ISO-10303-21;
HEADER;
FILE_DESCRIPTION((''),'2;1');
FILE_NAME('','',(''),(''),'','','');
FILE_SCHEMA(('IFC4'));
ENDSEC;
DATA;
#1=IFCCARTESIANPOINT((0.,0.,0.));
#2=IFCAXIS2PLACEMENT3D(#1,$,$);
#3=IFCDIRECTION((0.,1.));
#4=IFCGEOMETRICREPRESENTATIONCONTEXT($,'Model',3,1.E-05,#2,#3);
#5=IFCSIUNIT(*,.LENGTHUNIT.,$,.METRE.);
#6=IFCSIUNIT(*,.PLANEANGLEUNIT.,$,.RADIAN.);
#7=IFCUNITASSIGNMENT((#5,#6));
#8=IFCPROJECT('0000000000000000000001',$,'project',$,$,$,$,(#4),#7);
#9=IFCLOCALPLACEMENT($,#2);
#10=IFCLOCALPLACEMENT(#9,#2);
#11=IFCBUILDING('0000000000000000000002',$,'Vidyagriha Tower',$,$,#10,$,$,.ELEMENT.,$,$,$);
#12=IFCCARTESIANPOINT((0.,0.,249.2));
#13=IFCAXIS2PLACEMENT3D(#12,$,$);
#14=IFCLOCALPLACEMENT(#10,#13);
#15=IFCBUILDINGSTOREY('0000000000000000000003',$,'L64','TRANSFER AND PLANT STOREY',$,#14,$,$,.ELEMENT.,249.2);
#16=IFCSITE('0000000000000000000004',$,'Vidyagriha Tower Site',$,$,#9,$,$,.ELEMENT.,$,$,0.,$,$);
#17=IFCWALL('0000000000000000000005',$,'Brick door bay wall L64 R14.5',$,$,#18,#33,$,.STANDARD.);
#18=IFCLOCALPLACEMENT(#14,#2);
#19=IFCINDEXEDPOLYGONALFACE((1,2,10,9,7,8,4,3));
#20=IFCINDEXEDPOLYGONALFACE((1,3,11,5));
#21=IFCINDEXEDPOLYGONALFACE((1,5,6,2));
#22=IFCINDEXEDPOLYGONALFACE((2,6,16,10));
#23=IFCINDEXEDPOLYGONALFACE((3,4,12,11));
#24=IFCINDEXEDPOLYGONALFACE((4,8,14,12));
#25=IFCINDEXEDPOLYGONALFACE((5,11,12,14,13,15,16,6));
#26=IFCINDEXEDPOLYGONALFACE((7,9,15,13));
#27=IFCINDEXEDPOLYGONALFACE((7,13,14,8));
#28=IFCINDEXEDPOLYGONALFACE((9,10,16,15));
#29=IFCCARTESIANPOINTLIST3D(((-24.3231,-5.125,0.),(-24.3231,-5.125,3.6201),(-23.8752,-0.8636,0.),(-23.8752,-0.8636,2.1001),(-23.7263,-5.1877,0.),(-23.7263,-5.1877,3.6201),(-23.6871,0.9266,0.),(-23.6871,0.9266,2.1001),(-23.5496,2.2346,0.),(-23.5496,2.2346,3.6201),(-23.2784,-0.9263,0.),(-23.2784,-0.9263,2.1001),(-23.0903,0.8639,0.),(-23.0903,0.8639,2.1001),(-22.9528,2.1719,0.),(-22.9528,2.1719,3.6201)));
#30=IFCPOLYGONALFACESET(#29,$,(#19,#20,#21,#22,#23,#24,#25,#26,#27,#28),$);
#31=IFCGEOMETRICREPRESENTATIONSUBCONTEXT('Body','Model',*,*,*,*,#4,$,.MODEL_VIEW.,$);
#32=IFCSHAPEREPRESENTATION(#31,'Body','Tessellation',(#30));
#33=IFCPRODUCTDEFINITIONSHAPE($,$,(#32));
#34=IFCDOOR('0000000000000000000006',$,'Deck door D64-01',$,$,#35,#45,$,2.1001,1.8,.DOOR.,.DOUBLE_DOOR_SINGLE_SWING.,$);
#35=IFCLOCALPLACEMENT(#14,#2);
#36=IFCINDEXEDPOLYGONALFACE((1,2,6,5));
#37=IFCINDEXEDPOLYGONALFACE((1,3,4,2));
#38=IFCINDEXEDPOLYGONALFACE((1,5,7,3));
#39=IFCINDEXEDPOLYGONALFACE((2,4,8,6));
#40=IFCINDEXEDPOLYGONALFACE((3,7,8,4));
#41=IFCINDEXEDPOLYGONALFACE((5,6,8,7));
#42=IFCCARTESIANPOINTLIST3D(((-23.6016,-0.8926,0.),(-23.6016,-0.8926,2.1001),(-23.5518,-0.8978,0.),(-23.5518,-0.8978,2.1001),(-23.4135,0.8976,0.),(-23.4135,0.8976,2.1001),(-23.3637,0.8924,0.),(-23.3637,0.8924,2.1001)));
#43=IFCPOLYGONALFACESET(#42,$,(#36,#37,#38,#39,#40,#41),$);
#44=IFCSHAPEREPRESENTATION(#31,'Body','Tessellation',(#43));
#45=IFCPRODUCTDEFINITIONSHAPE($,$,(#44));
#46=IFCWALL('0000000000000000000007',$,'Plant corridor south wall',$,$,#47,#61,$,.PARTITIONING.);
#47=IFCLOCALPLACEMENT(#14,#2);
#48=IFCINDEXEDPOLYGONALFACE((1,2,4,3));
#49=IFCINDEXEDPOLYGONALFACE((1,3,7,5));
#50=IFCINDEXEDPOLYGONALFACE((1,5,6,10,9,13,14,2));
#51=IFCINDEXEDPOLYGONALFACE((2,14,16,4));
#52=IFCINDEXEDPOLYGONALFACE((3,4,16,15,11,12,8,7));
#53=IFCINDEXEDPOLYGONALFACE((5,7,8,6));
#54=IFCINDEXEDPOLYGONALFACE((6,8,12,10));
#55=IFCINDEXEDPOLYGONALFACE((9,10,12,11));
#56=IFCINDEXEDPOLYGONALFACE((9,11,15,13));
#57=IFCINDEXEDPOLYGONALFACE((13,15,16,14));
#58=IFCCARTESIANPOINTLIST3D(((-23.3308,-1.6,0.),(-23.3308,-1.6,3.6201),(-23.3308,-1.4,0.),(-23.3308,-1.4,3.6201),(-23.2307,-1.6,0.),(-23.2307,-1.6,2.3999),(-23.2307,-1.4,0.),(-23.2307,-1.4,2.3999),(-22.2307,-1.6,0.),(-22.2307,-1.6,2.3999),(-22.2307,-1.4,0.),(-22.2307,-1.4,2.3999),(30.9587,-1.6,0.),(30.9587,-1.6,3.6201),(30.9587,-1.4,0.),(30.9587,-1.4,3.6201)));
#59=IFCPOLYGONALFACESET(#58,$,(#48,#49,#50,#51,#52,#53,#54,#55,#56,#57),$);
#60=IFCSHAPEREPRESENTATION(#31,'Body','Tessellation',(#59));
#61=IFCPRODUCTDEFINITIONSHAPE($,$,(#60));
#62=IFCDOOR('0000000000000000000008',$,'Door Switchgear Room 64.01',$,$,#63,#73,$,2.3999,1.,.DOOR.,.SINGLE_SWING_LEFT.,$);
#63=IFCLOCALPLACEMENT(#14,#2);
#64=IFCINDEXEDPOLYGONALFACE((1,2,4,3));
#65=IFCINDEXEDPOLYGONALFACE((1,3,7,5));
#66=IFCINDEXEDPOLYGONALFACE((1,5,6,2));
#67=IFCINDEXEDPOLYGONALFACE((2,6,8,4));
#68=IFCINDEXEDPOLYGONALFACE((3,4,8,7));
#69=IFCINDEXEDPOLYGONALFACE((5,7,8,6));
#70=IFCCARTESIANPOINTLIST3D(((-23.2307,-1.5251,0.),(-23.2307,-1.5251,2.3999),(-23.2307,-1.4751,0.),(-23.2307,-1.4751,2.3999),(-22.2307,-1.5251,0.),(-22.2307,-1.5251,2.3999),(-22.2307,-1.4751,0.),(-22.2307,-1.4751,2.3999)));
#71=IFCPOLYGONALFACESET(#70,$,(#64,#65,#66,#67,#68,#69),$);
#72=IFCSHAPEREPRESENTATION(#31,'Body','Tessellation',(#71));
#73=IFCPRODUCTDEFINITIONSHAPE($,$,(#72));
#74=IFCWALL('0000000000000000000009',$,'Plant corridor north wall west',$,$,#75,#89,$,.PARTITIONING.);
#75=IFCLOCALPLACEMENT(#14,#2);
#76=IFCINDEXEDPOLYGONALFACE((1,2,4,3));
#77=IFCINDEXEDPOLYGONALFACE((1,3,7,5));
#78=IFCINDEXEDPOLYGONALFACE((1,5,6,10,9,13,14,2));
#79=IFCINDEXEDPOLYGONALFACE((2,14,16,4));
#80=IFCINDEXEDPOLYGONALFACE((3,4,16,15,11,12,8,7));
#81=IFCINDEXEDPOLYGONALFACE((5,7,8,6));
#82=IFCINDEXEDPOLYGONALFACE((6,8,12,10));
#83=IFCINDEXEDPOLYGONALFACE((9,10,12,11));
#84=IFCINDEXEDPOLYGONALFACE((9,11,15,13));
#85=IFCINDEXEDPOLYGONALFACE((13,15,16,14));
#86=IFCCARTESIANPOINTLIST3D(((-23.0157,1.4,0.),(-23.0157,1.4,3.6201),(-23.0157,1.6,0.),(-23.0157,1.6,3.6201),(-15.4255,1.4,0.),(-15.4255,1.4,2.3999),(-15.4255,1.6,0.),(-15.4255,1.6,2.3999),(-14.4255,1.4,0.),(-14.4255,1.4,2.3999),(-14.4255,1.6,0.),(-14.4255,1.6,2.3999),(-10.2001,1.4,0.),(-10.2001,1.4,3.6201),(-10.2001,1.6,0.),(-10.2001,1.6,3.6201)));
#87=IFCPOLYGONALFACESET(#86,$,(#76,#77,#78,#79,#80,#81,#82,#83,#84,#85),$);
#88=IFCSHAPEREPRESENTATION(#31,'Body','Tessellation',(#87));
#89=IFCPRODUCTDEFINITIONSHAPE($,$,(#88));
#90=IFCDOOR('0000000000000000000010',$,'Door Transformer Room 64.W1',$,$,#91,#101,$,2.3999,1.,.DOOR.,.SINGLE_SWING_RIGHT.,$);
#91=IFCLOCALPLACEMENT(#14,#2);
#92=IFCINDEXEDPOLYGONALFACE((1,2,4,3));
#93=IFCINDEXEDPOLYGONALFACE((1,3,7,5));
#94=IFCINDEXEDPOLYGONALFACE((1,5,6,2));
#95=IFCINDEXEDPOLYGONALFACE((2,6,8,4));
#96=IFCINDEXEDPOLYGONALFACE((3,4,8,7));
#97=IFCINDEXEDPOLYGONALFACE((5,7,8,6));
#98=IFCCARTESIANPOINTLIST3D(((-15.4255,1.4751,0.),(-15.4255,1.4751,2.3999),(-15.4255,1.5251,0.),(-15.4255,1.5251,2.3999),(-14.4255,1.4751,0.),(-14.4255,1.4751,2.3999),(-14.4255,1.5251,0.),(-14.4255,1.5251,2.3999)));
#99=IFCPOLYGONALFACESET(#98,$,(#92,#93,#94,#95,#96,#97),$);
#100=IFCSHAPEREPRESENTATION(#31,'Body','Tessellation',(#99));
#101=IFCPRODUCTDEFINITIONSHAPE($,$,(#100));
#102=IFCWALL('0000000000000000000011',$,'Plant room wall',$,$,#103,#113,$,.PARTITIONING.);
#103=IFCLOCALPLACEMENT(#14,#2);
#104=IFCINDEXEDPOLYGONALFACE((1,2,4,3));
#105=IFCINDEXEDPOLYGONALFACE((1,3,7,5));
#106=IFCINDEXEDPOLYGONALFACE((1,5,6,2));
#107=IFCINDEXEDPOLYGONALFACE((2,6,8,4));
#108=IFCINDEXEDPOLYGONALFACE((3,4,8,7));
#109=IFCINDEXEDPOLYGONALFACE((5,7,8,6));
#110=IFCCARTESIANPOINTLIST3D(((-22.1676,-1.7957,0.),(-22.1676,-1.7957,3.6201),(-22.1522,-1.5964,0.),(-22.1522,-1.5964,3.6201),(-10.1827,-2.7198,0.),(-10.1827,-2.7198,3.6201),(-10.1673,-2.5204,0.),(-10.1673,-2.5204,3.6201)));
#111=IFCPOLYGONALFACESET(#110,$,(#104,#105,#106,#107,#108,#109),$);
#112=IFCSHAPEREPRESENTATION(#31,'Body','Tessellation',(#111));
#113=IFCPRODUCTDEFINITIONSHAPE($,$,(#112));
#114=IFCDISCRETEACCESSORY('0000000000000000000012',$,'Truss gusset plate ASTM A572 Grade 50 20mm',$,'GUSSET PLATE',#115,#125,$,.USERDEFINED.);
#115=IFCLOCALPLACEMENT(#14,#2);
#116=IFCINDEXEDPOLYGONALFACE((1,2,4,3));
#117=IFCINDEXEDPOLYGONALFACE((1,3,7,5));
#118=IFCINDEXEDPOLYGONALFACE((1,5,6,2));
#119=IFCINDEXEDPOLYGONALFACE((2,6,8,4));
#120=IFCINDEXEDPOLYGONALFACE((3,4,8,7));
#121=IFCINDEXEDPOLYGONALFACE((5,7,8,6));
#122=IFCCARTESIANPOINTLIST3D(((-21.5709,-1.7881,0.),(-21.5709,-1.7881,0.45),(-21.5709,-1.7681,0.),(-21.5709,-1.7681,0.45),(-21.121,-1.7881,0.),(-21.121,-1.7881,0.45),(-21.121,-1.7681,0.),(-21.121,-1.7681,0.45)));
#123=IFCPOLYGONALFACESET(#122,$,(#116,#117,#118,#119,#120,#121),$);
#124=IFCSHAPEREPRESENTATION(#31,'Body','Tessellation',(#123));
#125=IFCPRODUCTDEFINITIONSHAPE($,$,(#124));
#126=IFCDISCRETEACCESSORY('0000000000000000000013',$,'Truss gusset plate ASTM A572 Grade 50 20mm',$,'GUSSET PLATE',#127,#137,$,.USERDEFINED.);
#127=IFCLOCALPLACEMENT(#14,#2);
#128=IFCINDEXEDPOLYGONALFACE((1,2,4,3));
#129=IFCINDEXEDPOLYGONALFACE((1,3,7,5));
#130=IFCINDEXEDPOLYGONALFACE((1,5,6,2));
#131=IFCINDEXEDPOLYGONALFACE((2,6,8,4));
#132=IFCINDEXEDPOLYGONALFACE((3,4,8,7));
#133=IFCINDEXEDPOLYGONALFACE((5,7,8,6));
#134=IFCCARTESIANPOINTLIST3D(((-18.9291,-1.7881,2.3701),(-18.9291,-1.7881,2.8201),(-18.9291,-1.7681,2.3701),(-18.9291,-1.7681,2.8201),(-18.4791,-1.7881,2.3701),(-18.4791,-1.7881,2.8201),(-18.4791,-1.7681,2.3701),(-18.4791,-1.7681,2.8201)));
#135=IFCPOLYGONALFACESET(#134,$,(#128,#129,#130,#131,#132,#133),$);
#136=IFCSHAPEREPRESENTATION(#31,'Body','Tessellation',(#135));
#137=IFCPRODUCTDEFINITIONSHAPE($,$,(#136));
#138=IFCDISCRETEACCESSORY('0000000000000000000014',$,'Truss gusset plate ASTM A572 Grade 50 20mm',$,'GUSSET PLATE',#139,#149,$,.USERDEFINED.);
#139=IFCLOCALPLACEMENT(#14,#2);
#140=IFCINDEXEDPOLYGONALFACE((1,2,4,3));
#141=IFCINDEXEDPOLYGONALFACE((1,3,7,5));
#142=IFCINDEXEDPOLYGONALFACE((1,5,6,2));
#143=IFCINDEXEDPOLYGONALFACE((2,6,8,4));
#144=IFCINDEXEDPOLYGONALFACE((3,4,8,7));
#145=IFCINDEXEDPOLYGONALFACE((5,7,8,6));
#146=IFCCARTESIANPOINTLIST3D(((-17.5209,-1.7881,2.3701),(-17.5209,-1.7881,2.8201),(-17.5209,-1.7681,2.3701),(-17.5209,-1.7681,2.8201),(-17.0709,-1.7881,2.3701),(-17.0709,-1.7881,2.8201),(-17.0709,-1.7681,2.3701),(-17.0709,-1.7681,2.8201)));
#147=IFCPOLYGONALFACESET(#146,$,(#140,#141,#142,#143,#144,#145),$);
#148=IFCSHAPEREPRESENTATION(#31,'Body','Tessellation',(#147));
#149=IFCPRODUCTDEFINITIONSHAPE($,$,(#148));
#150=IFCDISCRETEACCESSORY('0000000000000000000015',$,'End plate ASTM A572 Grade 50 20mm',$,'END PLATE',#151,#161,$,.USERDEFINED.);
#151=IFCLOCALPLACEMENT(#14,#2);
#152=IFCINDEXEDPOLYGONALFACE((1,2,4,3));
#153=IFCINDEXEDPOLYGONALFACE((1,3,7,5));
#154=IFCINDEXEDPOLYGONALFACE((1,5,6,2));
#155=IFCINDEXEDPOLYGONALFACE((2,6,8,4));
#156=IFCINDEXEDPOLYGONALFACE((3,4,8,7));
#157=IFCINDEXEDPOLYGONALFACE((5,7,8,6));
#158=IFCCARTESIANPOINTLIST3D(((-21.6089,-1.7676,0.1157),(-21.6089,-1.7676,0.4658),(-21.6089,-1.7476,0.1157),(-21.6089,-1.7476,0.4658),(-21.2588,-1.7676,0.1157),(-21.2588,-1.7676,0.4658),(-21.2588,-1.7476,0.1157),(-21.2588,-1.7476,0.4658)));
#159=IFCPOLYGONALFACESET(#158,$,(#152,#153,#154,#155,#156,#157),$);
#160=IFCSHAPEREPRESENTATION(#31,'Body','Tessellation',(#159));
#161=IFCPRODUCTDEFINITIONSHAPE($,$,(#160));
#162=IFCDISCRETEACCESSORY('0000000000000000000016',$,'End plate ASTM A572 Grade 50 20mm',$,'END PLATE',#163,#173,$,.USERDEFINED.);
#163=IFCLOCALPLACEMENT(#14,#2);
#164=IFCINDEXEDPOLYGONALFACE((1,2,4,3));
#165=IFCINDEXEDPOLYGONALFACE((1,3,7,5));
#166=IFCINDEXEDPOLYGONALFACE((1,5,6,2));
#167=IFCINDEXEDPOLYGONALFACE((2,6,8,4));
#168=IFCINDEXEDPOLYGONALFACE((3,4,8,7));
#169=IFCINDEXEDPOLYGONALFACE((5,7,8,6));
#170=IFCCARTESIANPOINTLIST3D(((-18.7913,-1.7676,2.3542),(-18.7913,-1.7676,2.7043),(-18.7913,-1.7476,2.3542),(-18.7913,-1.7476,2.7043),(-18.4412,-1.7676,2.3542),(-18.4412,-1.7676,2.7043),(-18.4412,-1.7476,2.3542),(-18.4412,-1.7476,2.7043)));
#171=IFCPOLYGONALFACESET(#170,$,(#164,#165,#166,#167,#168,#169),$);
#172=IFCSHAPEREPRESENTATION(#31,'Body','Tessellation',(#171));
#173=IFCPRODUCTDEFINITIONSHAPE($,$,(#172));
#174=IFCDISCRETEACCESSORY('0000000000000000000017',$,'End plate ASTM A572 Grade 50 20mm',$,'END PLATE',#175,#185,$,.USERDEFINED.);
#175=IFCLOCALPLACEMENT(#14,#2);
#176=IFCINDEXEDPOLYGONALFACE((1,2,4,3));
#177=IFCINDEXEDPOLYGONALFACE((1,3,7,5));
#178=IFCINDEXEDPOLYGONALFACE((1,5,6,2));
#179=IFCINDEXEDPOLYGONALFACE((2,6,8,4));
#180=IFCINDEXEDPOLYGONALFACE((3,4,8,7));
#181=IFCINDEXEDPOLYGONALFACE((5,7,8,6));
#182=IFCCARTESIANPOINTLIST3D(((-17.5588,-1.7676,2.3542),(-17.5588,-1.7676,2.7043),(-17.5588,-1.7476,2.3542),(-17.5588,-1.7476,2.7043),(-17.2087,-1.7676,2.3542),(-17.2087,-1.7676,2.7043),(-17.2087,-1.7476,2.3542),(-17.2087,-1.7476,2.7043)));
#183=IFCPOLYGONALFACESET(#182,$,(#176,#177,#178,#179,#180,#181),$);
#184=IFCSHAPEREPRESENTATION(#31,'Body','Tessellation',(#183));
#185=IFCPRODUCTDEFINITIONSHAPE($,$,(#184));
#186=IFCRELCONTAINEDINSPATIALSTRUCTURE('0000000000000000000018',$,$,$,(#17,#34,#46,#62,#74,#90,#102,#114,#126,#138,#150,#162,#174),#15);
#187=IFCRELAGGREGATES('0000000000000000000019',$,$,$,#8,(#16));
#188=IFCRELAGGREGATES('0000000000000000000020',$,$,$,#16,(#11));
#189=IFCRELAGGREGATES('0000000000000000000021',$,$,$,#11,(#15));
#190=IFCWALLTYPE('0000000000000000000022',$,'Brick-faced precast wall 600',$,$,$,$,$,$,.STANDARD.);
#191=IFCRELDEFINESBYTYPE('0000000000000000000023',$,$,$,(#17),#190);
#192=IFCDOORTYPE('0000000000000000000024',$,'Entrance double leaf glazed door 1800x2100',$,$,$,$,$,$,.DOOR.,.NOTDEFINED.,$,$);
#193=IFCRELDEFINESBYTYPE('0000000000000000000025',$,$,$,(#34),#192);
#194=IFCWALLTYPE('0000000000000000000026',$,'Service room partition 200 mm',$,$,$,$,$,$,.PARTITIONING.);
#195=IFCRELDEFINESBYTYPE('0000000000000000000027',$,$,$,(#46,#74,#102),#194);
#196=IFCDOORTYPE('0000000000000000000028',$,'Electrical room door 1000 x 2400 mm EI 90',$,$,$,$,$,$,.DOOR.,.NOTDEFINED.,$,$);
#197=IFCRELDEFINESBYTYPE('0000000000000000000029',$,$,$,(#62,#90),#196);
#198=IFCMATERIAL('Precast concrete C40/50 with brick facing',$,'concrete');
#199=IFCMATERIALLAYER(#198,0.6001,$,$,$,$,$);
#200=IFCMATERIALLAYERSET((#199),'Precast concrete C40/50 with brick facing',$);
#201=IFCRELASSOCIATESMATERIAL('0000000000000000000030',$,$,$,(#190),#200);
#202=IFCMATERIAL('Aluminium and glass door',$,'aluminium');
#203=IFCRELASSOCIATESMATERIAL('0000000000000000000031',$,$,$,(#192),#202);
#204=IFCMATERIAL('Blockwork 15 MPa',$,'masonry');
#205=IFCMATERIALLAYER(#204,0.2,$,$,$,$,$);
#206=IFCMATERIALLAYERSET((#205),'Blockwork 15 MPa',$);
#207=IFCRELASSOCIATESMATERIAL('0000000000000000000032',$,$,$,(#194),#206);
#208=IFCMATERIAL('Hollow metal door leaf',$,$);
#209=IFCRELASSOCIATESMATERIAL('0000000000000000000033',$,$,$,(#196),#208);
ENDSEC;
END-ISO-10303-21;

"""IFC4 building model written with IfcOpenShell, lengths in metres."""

from ifc_helpers import new_model, si_unit, direction, frame, frame_2d, origin, origin_2d, place, context, subcontext, project, spatial, rectangle, extrude, material, layer, layer_set, type_object, element, fill, save


model = new_model("IFC4")

# Units and contexts
model_context = context("Model", 3, precision=1e-05, world=origin(), true_north=direction((0.0, 1.0)))
body_context = subcontext(model_context, "Body", "Model", "MODEL_VIEW")
ifc_project = project(units=[si_unit("LENGTHUNIT", "METRE"), si_unit("PLANEANGLEUNIT", "RADIAN")], contexts=[model_context])

# Site, building, storey
site_placement = place(None, origin())
site = spatial("IfcSite", under=ifc_project, at=site_placement, Name="Vidyagriha Tower Site", CompositionType="ELEMENT", RefElevation=0.0)
building_placement = place(site_placement, origin())
building = spatial("IfcBuilding", under=site, at=building_placement, Name="Vidyagriha Tower", CompositionType="ELEMENT")
storey_placement = place(building_placement, frame((0.0, 0.0, 249.2)))
storey = spatial("IfcBuildingStorey", under=building, at=storey_placement, Name="L64", Description="TRANSFER AND PLANT STOREY", CompositionType="ELEMENT", Elevation=249.2)

# Walls, openings, doors
ifc_material_1 = material(Name="Precast concrete C40/50 with brick facing", Category="concrete")
ifc_layer_1 = layer(ifc_material_1, 0.6001)
ifc_layer_set_1 = layer_set([ifc_layer_1], Name="Precast concrete C40/50 with brick facing")
wall_type_1 = type_object("IfcWallType", Name="Brick-faced precast wall 600", PredefinedType="STANDARD", material=ifc_layer_set_1)
wall_1_placement = place(storey_placement, frame((-23.2512, 2.2034, 0.0), z_axis=(0.0, 0.0, 1.0), x_axis=(-0.104516, -0.994523, 0.0)))
wall_1 = element("IfcWall", 1, at=wall_1_placement, inside=storey, type_object=wall_type_1, Name="Brick door bay wall L64 R14.5", PredefinedType="STANDARD", context=body_context, shape_type="SweptSolid", body=[
    extrude(rectangle(XDim=7.4001, YDim=0.6001, at=frame_2d((3.7002, 0.0))), origin(), (0.0, 0.0, 1.0), 3.6201),
])
opening_1_placement = place(wall_1_placement, frame((1.3154, 0.0, 0.0)))
opening_1 = element("IfcOpeningElement", 2, at=opening_1_placement, cuts=wall_1, PredefinedType="OPENING", context=body_context, shape_type="SweptSolid", body=[
    extrude(rectangle(XDim=1.8, YDim=2.1001, at=frame_2d((0.8999, 1.05))), frame((0.0, 0.3101, 0.0), z_axis=(0.0, -1.0, 0.0), x_axis=(1.0, 0.0, 0.0)), (0.0, 0.0, 1.0), 0.6201),
])
ifc_material_2 = material(Name="Aluminium and glass door", Category="aluminium")
door_type_1 = type_object("IfcDoorType", Name="Entrance double leaf glazed door 1800x2100", OperationType="NOTDEFINED", PredefinedType="DOOR", material=ifc_material_2)
door_1_placement = place(opening_1_placement, frame((1.8, 0.0, 0.0), z_axis=(0.0, 0.0, 1.0), x_axis=(-1.0, 0.0, 0.0)))
door_1 = element("IfcDoor", 3, at=door_1_placement, inside=storey, type_object=door_type_1, Name="Deck door D64-01", OperationType="DOUBLE_DOOR_SINGLE_SWING", OverallHeight=2.1001, OverallWidth=1.8, PredefinedType="DOOR", context=body_context, shape_type="SweptSolid", body=[
    extrude(rectangle(XDim=1.8, YDim=2.1001, at=frame_2d((0.8999, 1.05))), frame((0.0, 0.0249, 0.0), z_axis=(0.0, -1.0, 0.0), x_axis=(1.0, 0.0, 0.0)), (0.0, 0.0, 1.0), 0.05),
])
fill(opening_1, door_1)
ifc_material_3 = material(Name="Blockwork 15 MPa", Category="masonry")
ifc_layer_2 = layer(ifc_material_3, 0.2)
ifc_layer_set_2 = layer_set([ifc_layer_2], Name="Blockwork 15 MPa")
wall_type_2 = type_object("IfcWallType", Name="Service room partition 200 mm", PredefinedType="PARTITIONING", material=ifc_layer_set_2)
wall_2_placement = place(storey_placement, frame((-23.3308, -1.5, 0.0)))
wall_2 = element("IfcWall", 4, at=wall_2_placement, inside=storey, type_object=wall_type_2, Name="Plant corridor south wall", PredefinedType="PARTITIONING", context=body_context, shape_type="SweptSolid", body=[
    extrude(rectangle(XDim=54.2896, YDim=0.2, at=frame_2d((27.1448, 0.0))), origin(), (0.0, 0.0, 1.0), 3.6201),
])
opening_2_placement = place(wall_2_placement, frame((0.1001, 0.0, 0.0)))
opening_2 = element("IfcOpeningElement", 5, at=opening_2_placement, cuts=wall_2, PredefinedType="OPENING", context=body_context, shape_type="SweptSolid", body=[
    extrude(rectangle(XDim=1.0, YDim=2.3999, at=frame_2d((0.5, 1.2))), frame((0.0, 0.1099, 0.0), z_axis=(0.0, -1.0, 0.0), x_axis=(1.0, 0.0, 0.0)), (0.0, 0.0, 1.0), 0.22),
])
ifc_material_4 = material(Name="Hollow metal door leaf")
door_type_2 = type_object("IfcDoorType", Name="Electrical room door 1000 x 2400 mm EI 90", OperationType="NOTDEFINED", PredefinedType="DOOR", material=ifc_material_4)
door_2_placement = place(opening_2_placement, origin())
door_2 = element("IfcDoor", 6, at=door_2_placement, inside=storey, type_object=door_type_2, Name="Door Switchgear Room 64.01", OperationType="SINGLE_SWING_LEFT", OverallHeight=2.3999, OverallWidth=1.0, PredefinedType="DOOR", context=body_context, shape_type="SweptSolid", body=[
    extrude(rectangle(XDim=1.0, YDim=2.3999, at=frame_2d((0.5, 1.2))), frame((0.0, 0.0249, 0.0), z_axis=(0.0, -1.0, 0.0), x_axis=(1.0, 0.0, 0.0)), (0.0, 0.0, 1.0), 0.05),
])
fill(opening_2, door_2)
wall_3_placement = place(storey_placement, frame((-23.0156, 1.5, 0.0)))
wall_3 = element("IfcWall", 7, at=wall_3_placement, inside=storey, type_object=wall_type_2, Name="Plant corridor north wall west", PredefinedType="PARTITIONING", context=body_context, shape_type="SweptSolid", body=[
    extrude(rectangle(XDim=12.8157, YDim=0.2, at=frame_2d((6.4077, 0.0))), origin(), (0.0, 0.0, 1.0), 3.6201),
])
opening_3_placement = place(wall_3_placement, frame((7.5901, 0.0, 0.0)))
opening_3 = element("IfcOpeningElement", 8, at=opening_3_placement, cuts=wall_3, PredefinedType="OPENING", context=body_context, shape_type="SweptSolid", body=[
    extrude(rectangle(XDim=1.0, YDim=2.3999, at=frame_2d((0.5, 1.2))), frame((0.0, 0.1099, 0.0), z_axis=(0.0, -1.0, 0.0), x_axis=(1.0, 0.0, 0.0)), (0.0, 0.0, 1.0), 0.22),
])
door_3_placement = place(opening_3_placement, frame((1.0, 0.0, 0.0), z_axis=(0.0, 0.0, 1.0), x_axis=(-1.0, 0.0, 0.0)))
door_3 = element("IfcDoor", 9, at=door_3_placement, inside=storey, type_object=door_type_2, Name="Door Transformer Room 64.W1", OperationType="SINGLE_SWING_RIGHT", OverallHeight=2.3999, OverallWidth=1.0, PredefinedType="DOOR", context=body_context, shape_type="SweptSolid", body=[
    extrude(rectangle(XDim=1.0, YDim=2.3999, at=frame_2d((0.5, 1.2))), frame((0.0, 0.0249, 0.0), z_axis=(0.0, -1.0, 0.0), x_axis=(1.0, 0.0, 0.0)), (0.0, 0.0, 1.0), 0.05),
])
fill(opening_3, door_3)

# Wall
wall_4_placement = place(storey_placement, frame((-22.1599, -1.696, 0.0), z_axis=(0.0, 0.0, 1.0), x_axis=(0.997041, -0.076875, 0.0)))
element("IfcWall", 10, at=wall_4_placement, inside=storey, type_object=wall_type_2, Name="Plant room wall", PredefinedType="PARTITIONING", context=body_context, shape_type="SweptSolid", body=[
    extrude(rectangle(XDim=12.0205, YDim=0.2, at=frame_2d((6.0103, 0.0))), origin(), (0.0, 0.0, 1.0), 3.6201),
])

# Discrete accessories
for number, where, name in (
    (11, (-21.3459, -1.7781, 0.0), "Truss gusset plate ASTM A572 Grade 50 20mm"),
    (12, (-18.7041, -1.7781, 2.3701), "Truss gusset plate ASTM A572 Grade 50 20mm"),
    (13, (-17.2959, -1.7781, 2.3701), "Truss gusset plate ASTM A572 Grade 50 20mm"),
):
    element("IfcDiscreteAccessory", number, at=place(storey_placement, frame(where)), inside=storey, Name=name, ObjectType="GUSSET PLATE", PredefinedType="USERDEFINED", context=body_context, shape_type="SweptSolid", body=[
        extrude(rectangle(XDim=0.45, YDim=0.02, at=origin_2d()), origin(), (0.0, 0.0, 1.0), 0.45),
    ])
discrete_accessory_1_placement = place(storey_placement, frame((-21.4338, -1.7576, 0.1157), z_axis=(0.0, 0.0, 1.0), x_axis=(-1.0, 0.0, 0.0)))
element("IfcDiscreteAccessory", 14, at=discrete_accessory_1_placement, inside=storey, Name="End plate ASTM A572 Grade 50 20mm", ObjectType="END PLATE", PredefinedType="USERDEFINED", context=body_context, shape_type="SweptSolid", body=[
    extrude(rectangle(XDim=0.3501, YDim=0.02, at=origin_2d()), origin(), (0.0, 0.0, 1.0), 0.3501),
])
discrete_accessory_2_placement = place(storey_placement, frame((-18.6162, -1.7576, 2.3542)))
element("IfcDiscreteAccessory", 15, at=discrete_accessory_2_placement, inside=storey, Name="End plate ASTM A572 Grade 50 20mm", ObjectType="END PLATE", PredefinedType="USERDEFINED", context=body_context, shape_type="SweptSolid", body=[
    extrude(rectangle(XDim=0.3501, YDim=0.02, at=origin_2d()), origin(), (0.0, 0.0, 1.0), 0.3501),
])
discrete_accessory_3_placement = place(storey_placement, frame((-17.3838, -1.7576, 2.3542), z_axis=(0.0, 0.0, 1.0), x_axis=(-1.0, 0.0, 0.0)))
element("IfcDiscreteAccessory", 16, at=discrete_accessory_3_placement, inside=storey, Name="End plate ASTM A572 Grade 50 20mm", ObjectType="END PLATE", PredefinedType="USERDEFINED", context=body_context, shape_type="SweptSolid", body=[
    extrude(rectangle(XDim=0.3501, YDim=0.02, at=origin_2d()), origin(), (0.0, 0.0, 1.0), 0.3501),
])

save(model, "model.ifc")
